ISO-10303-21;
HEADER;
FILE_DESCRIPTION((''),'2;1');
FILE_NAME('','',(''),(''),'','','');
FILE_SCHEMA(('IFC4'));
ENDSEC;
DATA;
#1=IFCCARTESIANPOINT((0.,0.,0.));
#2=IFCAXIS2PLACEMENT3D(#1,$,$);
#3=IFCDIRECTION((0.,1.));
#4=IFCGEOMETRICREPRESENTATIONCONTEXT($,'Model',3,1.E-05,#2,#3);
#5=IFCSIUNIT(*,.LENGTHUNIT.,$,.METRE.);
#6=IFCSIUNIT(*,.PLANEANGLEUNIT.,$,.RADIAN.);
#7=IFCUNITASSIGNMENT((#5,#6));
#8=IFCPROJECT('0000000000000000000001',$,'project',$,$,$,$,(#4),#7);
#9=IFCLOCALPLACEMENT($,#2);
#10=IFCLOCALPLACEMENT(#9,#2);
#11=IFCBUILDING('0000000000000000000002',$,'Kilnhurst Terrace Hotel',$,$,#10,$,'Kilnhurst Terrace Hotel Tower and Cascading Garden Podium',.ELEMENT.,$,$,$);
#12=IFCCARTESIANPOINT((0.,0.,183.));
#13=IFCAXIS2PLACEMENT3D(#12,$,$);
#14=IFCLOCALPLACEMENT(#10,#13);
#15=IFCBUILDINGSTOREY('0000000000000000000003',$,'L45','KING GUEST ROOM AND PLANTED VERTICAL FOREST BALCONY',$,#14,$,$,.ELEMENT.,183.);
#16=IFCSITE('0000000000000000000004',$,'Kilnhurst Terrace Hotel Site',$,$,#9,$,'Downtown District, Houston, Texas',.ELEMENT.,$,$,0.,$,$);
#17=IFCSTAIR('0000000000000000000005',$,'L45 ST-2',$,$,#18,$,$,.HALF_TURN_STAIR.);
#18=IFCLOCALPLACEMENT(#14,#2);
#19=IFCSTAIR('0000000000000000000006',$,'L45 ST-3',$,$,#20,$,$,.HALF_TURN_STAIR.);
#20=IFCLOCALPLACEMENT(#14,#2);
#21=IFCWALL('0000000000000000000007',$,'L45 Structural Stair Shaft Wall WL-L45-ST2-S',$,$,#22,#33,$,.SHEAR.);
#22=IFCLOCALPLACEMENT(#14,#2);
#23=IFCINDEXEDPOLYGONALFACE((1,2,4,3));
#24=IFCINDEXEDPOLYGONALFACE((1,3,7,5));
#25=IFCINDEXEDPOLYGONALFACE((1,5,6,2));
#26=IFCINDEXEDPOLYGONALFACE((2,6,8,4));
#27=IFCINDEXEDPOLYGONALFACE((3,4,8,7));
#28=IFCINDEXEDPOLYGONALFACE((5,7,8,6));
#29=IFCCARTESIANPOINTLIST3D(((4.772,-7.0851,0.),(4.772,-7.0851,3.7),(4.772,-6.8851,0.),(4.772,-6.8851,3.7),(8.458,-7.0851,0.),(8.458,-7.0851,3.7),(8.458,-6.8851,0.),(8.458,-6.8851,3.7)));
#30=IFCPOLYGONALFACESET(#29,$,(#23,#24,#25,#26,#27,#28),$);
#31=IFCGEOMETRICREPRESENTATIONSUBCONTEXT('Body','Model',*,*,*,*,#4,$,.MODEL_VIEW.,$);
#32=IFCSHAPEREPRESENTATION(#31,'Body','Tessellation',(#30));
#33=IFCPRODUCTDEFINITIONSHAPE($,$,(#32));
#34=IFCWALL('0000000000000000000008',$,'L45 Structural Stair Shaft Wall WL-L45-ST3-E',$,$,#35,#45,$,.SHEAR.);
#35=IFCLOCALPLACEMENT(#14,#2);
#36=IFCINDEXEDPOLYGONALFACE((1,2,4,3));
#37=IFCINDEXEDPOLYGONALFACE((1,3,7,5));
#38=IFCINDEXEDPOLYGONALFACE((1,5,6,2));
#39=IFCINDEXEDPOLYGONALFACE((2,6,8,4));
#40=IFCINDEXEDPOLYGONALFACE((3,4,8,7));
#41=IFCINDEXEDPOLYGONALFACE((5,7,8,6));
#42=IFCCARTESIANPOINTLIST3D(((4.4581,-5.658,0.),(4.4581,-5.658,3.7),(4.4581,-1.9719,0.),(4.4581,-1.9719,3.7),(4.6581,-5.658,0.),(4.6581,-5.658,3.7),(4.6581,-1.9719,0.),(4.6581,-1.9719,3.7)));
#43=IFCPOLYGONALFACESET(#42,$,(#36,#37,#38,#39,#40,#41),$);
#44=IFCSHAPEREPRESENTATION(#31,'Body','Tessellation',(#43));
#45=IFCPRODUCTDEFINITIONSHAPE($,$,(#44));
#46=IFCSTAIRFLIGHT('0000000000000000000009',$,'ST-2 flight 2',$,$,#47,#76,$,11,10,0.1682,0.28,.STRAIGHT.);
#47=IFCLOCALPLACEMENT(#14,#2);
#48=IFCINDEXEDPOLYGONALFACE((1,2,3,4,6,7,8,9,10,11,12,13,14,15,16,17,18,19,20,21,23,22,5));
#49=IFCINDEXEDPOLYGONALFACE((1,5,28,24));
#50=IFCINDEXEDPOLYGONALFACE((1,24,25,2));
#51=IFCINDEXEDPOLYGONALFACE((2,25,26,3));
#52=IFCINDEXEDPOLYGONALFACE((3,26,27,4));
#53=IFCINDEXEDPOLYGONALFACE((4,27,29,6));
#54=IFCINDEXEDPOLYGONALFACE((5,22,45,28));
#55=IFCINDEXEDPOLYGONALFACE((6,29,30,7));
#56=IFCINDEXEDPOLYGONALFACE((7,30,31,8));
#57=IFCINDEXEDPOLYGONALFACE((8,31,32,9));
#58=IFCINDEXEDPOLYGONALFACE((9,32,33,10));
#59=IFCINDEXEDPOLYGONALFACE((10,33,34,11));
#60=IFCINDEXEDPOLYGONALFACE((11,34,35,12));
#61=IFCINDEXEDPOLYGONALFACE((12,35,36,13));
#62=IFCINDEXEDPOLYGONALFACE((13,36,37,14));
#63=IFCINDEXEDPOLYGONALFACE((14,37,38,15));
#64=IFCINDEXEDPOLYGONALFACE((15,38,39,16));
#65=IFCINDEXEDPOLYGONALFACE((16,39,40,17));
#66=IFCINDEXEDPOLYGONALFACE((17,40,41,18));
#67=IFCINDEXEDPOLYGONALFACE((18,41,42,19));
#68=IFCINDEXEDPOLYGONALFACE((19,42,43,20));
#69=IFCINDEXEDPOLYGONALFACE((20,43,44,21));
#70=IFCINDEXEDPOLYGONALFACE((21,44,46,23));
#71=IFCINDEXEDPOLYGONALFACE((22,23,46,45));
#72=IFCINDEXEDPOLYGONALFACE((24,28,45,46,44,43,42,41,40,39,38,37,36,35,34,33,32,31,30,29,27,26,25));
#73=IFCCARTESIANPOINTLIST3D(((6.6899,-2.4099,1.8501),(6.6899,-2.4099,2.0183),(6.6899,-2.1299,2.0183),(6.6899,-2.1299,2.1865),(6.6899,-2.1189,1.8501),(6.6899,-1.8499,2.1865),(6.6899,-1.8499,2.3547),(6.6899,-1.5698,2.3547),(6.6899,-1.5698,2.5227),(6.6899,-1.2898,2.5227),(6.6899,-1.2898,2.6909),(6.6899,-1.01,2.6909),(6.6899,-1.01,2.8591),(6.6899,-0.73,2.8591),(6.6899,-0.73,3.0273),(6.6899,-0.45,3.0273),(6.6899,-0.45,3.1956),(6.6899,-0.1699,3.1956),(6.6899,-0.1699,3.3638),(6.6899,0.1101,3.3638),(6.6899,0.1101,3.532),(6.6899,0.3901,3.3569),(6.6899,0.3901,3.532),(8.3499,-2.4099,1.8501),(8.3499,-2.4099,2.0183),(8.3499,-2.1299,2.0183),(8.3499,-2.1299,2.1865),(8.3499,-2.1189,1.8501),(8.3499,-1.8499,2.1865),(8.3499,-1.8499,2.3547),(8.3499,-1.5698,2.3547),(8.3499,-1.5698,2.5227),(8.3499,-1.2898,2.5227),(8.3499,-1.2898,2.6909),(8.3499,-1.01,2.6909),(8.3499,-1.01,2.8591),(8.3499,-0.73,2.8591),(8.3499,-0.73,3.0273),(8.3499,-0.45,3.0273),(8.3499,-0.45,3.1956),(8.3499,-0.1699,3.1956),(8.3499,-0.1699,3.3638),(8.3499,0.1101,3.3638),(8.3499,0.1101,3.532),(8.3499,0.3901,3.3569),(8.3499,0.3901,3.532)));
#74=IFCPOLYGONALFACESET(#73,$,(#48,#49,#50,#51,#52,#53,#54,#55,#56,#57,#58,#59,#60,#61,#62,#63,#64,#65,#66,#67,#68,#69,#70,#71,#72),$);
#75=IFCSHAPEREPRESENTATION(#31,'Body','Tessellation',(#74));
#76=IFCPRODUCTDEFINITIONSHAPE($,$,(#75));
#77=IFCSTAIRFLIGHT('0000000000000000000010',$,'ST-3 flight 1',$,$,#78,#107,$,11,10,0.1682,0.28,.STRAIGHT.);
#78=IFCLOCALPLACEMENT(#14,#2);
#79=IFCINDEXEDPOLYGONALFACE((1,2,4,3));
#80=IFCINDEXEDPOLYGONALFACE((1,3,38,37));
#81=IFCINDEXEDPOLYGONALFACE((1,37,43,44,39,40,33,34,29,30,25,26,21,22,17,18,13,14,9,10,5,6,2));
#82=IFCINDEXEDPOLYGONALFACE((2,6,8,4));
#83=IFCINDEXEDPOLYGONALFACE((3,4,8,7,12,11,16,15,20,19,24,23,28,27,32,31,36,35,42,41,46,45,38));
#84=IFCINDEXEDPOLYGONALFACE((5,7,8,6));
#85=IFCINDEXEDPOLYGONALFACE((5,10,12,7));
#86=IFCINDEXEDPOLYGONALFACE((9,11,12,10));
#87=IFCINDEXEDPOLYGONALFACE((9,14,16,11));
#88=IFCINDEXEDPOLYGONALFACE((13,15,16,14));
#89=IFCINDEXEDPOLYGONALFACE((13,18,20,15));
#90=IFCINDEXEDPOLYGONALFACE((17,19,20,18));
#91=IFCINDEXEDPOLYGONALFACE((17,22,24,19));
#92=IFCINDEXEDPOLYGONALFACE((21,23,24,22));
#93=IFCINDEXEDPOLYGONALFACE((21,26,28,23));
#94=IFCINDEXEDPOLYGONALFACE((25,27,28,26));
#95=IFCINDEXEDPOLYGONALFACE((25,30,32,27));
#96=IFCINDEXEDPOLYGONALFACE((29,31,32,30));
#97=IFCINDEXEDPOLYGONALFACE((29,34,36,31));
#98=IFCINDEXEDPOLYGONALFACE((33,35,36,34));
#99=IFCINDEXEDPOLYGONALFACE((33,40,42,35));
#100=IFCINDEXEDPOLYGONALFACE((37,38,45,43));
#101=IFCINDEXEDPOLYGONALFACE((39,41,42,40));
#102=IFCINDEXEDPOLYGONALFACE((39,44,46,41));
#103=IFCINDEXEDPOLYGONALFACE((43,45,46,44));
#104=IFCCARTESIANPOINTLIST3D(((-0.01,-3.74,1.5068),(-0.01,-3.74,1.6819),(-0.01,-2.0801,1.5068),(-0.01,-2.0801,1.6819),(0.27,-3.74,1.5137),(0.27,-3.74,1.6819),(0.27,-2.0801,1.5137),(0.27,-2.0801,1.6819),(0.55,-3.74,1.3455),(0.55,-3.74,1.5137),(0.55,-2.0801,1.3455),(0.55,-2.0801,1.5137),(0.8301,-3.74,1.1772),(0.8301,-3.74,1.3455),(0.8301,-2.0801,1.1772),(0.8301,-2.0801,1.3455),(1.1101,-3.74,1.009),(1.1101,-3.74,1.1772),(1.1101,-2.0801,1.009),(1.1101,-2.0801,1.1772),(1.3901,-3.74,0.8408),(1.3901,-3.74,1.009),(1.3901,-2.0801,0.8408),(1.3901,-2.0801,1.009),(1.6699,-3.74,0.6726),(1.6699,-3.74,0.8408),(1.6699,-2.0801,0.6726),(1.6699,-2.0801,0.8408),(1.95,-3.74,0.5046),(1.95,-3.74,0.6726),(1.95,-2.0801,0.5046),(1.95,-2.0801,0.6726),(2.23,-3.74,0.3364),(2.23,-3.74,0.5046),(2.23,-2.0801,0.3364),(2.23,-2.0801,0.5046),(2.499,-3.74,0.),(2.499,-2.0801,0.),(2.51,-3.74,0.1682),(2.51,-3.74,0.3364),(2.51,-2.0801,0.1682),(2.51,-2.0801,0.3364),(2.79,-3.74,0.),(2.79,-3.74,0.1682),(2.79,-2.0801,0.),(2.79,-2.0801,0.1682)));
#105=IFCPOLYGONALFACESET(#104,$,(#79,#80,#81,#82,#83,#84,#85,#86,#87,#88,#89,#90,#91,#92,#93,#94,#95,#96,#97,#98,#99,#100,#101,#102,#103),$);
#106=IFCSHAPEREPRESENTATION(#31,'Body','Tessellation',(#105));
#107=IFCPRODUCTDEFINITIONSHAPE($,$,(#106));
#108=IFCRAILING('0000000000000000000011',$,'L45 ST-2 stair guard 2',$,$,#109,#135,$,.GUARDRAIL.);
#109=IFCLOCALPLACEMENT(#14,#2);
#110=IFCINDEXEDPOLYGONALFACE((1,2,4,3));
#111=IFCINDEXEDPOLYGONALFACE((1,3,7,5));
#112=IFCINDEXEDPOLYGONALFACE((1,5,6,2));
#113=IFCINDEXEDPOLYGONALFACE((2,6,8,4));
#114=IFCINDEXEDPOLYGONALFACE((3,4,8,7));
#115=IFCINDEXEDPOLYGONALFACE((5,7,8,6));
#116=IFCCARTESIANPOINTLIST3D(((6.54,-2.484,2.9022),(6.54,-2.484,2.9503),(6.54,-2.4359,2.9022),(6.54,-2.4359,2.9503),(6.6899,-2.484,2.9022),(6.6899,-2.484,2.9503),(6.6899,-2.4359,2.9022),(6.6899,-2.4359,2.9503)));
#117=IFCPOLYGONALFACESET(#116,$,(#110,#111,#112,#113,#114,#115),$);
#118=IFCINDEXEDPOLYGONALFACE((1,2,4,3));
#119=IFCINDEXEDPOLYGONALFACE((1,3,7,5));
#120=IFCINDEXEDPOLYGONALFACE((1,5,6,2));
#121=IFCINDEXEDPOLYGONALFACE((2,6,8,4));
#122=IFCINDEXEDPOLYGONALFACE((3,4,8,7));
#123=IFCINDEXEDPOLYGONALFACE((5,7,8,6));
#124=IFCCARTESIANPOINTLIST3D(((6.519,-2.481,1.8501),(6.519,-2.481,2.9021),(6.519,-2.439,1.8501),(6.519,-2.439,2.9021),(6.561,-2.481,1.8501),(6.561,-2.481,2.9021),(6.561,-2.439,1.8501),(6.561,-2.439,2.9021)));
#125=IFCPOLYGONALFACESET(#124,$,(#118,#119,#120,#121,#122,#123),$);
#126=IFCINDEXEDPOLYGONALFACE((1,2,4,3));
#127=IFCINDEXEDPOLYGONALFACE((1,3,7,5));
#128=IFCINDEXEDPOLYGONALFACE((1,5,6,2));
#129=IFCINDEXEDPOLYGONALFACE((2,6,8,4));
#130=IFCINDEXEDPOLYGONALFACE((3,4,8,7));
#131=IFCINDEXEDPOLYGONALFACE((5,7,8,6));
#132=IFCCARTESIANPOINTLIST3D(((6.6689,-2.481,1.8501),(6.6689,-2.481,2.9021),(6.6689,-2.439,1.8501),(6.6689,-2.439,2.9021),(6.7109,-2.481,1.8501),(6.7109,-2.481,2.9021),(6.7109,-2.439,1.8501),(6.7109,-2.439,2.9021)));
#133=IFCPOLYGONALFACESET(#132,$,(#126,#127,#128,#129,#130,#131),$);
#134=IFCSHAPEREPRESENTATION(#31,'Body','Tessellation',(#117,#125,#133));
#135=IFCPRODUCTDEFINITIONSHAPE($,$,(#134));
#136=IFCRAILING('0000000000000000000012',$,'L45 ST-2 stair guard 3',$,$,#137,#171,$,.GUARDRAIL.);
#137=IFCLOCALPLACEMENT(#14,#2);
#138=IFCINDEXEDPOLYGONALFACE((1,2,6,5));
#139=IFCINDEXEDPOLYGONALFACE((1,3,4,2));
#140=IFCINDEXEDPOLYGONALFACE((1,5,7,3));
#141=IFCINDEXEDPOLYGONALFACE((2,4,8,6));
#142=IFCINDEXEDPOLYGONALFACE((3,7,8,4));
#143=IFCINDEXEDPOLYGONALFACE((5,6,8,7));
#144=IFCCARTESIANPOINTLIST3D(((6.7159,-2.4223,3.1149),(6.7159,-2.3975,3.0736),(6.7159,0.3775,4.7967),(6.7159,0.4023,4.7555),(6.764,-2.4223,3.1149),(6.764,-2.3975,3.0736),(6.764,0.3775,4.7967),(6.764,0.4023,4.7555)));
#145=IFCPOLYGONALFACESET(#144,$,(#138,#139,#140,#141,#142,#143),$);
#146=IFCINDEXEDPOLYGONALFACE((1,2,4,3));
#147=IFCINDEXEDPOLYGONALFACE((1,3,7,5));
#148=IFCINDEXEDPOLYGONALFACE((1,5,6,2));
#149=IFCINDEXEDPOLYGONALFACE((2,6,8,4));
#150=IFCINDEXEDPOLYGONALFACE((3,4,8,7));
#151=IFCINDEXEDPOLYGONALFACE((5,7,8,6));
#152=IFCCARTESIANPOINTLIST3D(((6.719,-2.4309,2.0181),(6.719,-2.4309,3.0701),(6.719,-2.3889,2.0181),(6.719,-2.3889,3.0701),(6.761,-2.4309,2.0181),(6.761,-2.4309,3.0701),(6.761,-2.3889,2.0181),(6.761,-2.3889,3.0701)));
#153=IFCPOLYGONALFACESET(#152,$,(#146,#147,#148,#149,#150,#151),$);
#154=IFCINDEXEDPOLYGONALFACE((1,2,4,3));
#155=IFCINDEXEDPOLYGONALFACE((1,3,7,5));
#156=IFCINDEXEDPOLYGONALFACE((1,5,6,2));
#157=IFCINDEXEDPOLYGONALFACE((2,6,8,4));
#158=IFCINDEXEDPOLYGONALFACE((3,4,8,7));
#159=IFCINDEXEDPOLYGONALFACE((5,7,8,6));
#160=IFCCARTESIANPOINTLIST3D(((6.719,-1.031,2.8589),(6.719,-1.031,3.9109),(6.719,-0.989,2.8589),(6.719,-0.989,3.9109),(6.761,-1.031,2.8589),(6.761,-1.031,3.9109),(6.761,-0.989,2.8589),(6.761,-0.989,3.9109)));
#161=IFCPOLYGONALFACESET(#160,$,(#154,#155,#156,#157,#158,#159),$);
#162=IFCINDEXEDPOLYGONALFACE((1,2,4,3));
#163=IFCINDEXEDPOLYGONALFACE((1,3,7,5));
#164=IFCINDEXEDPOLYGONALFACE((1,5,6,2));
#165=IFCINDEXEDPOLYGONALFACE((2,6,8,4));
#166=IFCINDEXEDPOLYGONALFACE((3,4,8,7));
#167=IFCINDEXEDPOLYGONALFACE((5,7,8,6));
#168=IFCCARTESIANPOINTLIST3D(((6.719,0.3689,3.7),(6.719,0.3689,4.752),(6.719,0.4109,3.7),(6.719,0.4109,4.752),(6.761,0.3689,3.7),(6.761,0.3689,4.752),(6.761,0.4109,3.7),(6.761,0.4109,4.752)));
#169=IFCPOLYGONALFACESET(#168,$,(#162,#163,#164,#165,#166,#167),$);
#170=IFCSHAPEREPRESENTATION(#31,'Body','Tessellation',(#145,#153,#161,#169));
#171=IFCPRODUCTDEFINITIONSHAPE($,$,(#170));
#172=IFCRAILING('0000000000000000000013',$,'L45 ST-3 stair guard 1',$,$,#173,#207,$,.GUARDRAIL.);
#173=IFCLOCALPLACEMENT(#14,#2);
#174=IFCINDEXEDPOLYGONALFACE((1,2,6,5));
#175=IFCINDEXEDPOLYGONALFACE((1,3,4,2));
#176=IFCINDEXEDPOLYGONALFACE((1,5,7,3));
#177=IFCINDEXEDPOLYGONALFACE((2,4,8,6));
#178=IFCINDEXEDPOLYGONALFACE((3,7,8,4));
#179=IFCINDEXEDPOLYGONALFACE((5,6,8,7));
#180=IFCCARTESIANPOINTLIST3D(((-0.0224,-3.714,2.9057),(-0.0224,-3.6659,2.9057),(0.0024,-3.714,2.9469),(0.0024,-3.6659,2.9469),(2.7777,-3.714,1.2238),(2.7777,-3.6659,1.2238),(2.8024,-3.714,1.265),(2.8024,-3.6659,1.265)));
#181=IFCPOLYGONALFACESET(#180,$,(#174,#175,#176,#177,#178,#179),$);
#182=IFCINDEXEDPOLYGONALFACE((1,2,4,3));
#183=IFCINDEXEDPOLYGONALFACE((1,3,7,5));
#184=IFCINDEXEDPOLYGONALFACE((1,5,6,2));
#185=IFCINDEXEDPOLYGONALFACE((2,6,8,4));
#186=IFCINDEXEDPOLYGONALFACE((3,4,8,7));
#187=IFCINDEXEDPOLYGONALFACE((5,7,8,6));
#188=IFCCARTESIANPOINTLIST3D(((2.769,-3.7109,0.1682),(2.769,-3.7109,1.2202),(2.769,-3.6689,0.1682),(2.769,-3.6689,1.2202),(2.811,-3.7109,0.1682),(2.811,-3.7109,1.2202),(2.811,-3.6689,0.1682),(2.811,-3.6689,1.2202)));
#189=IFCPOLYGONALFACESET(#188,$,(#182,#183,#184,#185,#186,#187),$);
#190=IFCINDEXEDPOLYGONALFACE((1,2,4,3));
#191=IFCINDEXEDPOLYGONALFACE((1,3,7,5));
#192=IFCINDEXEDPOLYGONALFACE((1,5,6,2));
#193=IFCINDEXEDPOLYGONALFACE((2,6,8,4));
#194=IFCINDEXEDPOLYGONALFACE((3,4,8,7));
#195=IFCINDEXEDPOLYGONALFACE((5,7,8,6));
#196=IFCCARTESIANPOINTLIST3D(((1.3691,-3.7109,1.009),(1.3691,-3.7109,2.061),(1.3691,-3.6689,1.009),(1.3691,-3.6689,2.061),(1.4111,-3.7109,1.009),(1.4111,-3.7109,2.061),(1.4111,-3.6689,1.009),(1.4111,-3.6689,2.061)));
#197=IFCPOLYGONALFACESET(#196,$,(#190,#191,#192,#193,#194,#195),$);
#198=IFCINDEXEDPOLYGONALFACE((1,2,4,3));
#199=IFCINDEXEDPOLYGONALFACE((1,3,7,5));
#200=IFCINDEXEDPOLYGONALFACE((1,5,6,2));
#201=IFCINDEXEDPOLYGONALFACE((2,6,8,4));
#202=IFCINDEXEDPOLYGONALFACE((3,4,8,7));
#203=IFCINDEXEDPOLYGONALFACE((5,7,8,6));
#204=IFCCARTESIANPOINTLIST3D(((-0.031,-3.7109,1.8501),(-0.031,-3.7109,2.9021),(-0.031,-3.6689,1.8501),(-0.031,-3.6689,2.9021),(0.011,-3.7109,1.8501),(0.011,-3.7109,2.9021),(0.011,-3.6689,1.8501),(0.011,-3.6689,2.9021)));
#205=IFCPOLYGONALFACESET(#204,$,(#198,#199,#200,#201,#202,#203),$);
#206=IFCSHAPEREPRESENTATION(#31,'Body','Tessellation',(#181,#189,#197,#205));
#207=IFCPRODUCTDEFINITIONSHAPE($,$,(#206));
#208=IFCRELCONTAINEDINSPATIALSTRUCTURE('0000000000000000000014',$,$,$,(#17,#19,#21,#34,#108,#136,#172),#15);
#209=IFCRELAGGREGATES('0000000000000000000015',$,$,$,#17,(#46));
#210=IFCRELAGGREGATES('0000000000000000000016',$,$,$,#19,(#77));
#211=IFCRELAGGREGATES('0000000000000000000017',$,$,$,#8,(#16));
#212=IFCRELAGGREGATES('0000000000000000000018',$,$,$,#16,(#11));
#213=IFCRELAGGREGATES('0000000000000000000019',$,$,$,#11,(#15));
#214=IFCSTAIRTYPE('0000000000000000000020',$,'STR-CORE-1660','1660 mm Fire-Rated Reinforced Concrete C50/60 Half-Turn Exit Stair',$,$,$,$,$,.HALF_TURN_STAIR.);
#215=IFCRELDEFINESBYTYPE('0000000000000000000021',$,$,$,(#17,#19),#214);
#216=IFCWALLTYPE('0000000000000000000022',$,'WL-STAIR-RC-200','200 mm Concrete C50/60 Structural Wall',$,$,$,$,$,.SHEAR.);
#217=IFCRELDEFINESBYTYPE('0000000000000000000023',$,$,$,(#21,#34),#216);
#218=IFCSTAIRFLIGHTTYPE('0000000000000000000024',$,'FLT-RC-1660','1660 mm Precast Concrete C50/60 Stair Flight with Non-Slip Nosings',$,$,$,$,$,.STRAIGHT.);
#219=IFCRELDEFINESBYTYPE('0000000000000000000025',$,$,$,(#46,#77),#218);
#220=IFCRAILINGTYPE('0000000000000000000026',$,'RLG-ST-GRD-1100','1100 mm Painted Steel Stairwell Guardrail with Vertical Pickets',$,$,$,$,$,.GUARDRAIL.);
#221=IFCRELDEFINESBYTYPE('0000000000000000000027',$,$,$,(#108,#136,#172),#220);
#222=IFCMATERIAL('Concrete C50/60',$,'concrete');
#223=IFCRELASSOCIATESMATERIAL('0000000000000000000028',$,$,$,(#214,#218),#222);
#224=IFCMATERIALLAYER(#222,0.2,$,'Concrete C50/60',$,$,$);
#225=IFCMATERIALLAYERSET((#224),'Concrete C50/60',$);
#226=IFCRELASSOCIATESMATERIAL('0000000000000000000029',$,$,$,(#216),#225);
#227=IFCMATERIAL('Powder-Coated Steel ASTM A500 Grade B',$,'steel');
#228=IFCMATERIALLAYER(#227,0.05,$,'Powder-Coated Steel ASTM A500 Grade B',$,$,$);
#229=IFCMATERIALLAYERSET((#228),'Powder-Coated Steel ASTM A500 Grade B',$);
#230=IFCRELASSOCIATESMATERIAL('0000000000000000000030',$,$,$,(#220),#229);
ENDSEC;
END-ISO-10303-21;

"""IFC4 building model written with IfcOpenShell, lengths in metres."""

from ifc_helpers import new_model, si_unit, direction, frame, frame_2d, origin, origin_2d, place, context, subcontext, project, spatial, polyline, rectangle, outline, extrude, material, layer, layer_set, type_object, element, aggregate, save


model = new_model("IFC4")

# Units and contexts
model_context = context("Model", 3, precision=1e-05, world=origin(), true_north=direction((0.0, 1.0)))
body_context = subcontext(model_context, "Body", "Model", "MODEL_VIEW")
ifc_project = project(units=[si_unit("LENGTHUNIT", "METRE"), si_unit("PLANEANGLEUNIT", "RADIAN")], contexts=[model_context])

# Site, building, storey
site_placement = place(None, origin())
site = spatial("IfcSite", under=ifc_project, at=site_placement, Name="Kilnhurst Terrace Hotel Site", LongName="Downtown District, Houston, Texas", CompositionType="ELEMENT", RefElevation=0.0)
building_placement = place(site_placement, origin())
building = spatial("IfcBuilding", under=site, at=building_placement, Name="Kilnhurst Terrace Hotel", LongName="Kilnhurst Terrace Hotel Tower and Cascading Garden Podium", CompositionType="ELEMENT")
storey_placement = place(building_placement, frame((0.0, 0.0, 183.0)))
storey = spatial("IfcBuildingStorey", under=building, at=storey_placement, Name="L45", Description="KING GUEST ROOM AND PLANTED VERTICAL FOREST BALCONY", CompositionType="ELEMENT", Elevation=183.0)

# Stairs
ifc_material_1 = material(Name="Concrete C50/60", Category="concrete")
stair_type = type_object("IfcStairType", Name="STR-CORE-1660", Description="1660 mm Fire-Rated Reinforced Concrete C50/60 Half-Turn Exit Stair", PredefinedType="HALF_TURN_STAIR", material=ifc_material_1)
stair_1_placement = place(storey_placement, origin())
stair_1 = element("IfcStair", 1, at=stair_1_placement, inside=storey, type_object=stair_type, Name="L45 ST-2", PredefinedType="HALF_TURN_STAIR")
stair_2_placement = place(storey_placement, origin())
stair_2 = element("IfcStair", 2, at=stair_2_placement, inside=storey, type_object=stair_type, Name="L45 ST-3", PredefinedType="HALF_TURN_STAIR")

# Walls
ifc_layer_1 = layer(ifc_material_1, 0.2, Name="Concrete C50/60")
ifc_layer_set_1 = layer_set([ifc_layer_1], Name="Concrete C50/60")
wall_type_1 = type_object("IfcWallType", Name="WL-STAIR-RC-200", Description="200 mm Concrete C50/60 Structural Wall", PredefinedType="SHEAR", material=ifc_layer_set_1)
for number, where, z_axis, x_axis, name in (
    (3, (4.772, -6.9851, 0.0), (0.0, 0.0, 1.0), (1.0, 0.0, 0.0), "L45 Structural Stair Shaft Wall WL-L45-ST2-S"),
    (4, (4.5581, -5.658, 0.0), (0.0, 0.0, 1.0), (0.0, 1.0, 0.0), "L45 Structural Stair Shaft Wall WL-L45-ST3-E"),
):
    element("IfcWall", number, at=place(storey_placement, frame(where, z_axis=z_axis, x_axis=x_axis)), inside=storey, type_object=wall_type_1, Name=name, PredefinedType="SHEAR", context=body_context, shape_type="SweptSolid", body=[
        extrude(rectangle(XDim=3.686, YDim=0.2, at=frame_2d((1.843, 0.0))), origin(), (0.0, 0.0, 1.0), 3.7),
    ])

# Stair flights
stair_flight_type = type_object("IfcStairFlightType", Name="FLT-RC-1660", Description="1660 mm Precast Concrete C50/60 Stair Flight with Non-Slip Nosings", PredefinedType="STRAIGHT", material=ifc_material_1)
stair_flight_1_placement = place(storey_placement, frame((7.52, -2.4099, 1.8501), z_axis=(0.0, 0.0, 1.0), x_axis=(0.0, 1.0, 0.0)))
stair_flight_1 = element("IfcStairFlight", 5, at=stair_flight_1_placement, type_object=stair_flight_type, Name="ST-2 flight 2", NumberOfRisers=11, NumberOfTreads=10, PredefinedType="STRAIGHT", RiserHeight=0.1682, TreadLength=0.28, context=body_context, shape_type="SweptSolid", body=[
    extrude(outline(polyline([(0.0, 0.0), (0.0, 0.1682), (0.28, 0.1682), (0.28, 0.3364), (0.5601, 0.3364), (0.5601, 0.5046), (0.8401, 0.5046), (0.8401, 0.6726), (1.1201, 0.6726), (1.1201, 0.8408), (1.3999, 0.8408), (1.3999, 1.009), (1.6799, 1.009), (1.6799, 1.1772), (1.96, 1.1772), (1.96, 1.3455), (2.24, 1.3455), (2.24, 1.5137), (2.52, 1.5137), (2.52, 1.6819), (2.8, 1.6819), (2.8, 1.8501), (2.8, 1.5068), (0.291, 0.0), (0.0, 0.0)])), frame((0.0, 0.8301, 0.0), z_axis=(0.0, -1.0, 0.0), x_axis=(1.0, 0.0, 0.0)), (0.0, 0.0, 1.0), 1.6599),
])
aggregate(stair_1, [stair_flight_1])
stair_flight_2_placement = place(storey_placement, frame((2.79, -2.9099, 0.0), z_axis=(0.0, 0.0, 1.0), x_axis=(-1.0, 0.0, 0.0)))
stair_flight_2 = element("IfcStairFlight", 6, at=stair_flight_2_placement, type_object=stair_flight_type, Name="ST-3 flight 1", NumberOfRisers=11, NumberOfTreads=10, PredefinedType="STRAIGHT", RiserHeight=0.1682, TreadLength=0.28, context=body_context, shape_type="SweptSolid", body=[
    extrude(outline(polyline([(0.0, 0.0), (0.0, 0.1682), (0.28, 0.1682), (0.28, 0.3364), (0.5601, 0.3364), (0.5601, 0.5046), (0.8401, 0.5046), (0.8401, 0.6726), (1.1201, 0.6726), (1.1201, 0.8408), (1.3999, 0.8408), (1.3999, 1.009), (1.6799, 1.009), (1.6799, 1.1772), (1.96, 1.1772), (1.96, 1.3455), (2.24, 1.3455), (2.24, 1.5137), (2.52, 1.5137), (2.52, 1.6819), (2.8, 1.6819), (2.8, 1.8501), (2.8, 1.5068), (0.291, 0.0), (0.0, 0.0)])), frame((0.0, 0.8301, 0.0), z_axis=(0.0, -1.0, 0.0), x_axis=(1.0, 0.0, 0.0)), (0.0, 0.0, 1.0), 1.6599),
])
aggregate(stair_2, [stair_flight_2])

# Railings
ifc_material_2 = material(Name="Powder-Coated Steel ASTM A500 Grade B", Category="steel")
ifc_layer_2 = layer(ifc_material_2, 0.05, Name="Powder-Coated Steel ASTM A500 Grade B")
ifc_layer_set_2 = layer_set([ifc_layer_2], Name="Powder-Coated Steel ASTM A500 Grade B")
railing_type_1 = type_object("IfcRailingType", Name="RLG-ST-GRD-1100", Description="1100 mm Painted Steel Stairwell Guardrail with Vertical Pickets", PredefinedType="GUARDRAIL", material=ifc_layer_set_2)
railing_1_placement = place(storey_placement, frame((6.54, -2.46, 1.8501)))
element("IfcRailing", 7, at=railing_1_placement, inside=storey, type_object=railing_type_1, Name="L45 ST-2 stair guard 2", PredefinedType="GUARDRAIL", context=body_context, shape_type="SweptSolid", body=[
    extrude(rectangle(XDim=0.0481, YDim=0.0481, at=origin_2d()), frame((0.0, 0.0, 1.0762), z_axis=(1.0, 0.0, 0.0), x_axis=(0.0, 1.0, 0.0)), (0.0, 0.0, 1.0), 0.1499),
    extrude(rectangle(XDim=0.042, YDim=0.042, at=origin_2d()), origin(), (0.0, 0.0, 1.0), 1.052),
    extrude(rectangle(XDim=0.042, YDim=0.042, at=origin_2d()), frame((0.1499, 0.0, 0.0)), (0.0, 0.0, 1.0), 1.052),
])
railing_2_placement = place(storey_placement, frame((6.74, -2.4099, 2.0181)))
element("IfcRailing", 8, at=railing_2_placement, inside=storey, type_object=railing_type_1, Name="L45 ST-2 stair guard 3", PredefinedType="GUARDRAIL", context=body_context, shape_type="SweptSolid", body=[
    extrude(rectangle(XDim=0.0481, YDim=0.0481, at=origin_2d()), frame((0.0, 0.0, 1.0762), z_axis=(0.0, 0.857222, 0.514946), x_axis=(-1.0, 0.0, 0.0)), (0.0, 0.0, 1.0), 3.2661),
    extrude(rectangle(XDim=0.042, YDim=0.042, at=origin_2d()), origin(), (0.0, 0.0, 1.0), 1.052),
    extrude(rectangle(XDim=0.042, YDim=0.042, at=origin_2d()), frame((0.0, 1.3999, 0.8408)), (0.0, 0.0, 1.0), 1.052),
    extrude(rectangle(XDim=0.042, YDim=0.042, at=origin_2d()), frame((0.0, 2.7998, 1.6819)), (0.0, 0.0, 1.0), 1.052),
])
railing_3_placement = place(storey_placement, frame((2.79, -3.6899, 0.1682)))
element("IfcRailing", 9, at=railing_3_placement, inside=storey, type_object=railing_type_1, Name="L45 ST-3 stair guard 1", PredefinedType="GUARDRAIL", context=body_context, shape_type="SweptSolid", body=[
    extrude(rectangle(XDim=0.0481, YDim=0.0481, at=origin_2d()), frame((0.0, 0.0, 1.0762), z_axis=(-0.857242, 0.0, 0.514913), x_axis=(0.0, -1.0, 0.0)), (0.0, 0.0, 1.0), 3.2664),
    extrude(rectangle(XDim=0.042, YDim=0.042, at=origin_2d()), origin(), (0.0, 0.0, 1.0), 1.052),
    extrude(rectangle(XDim=0.042, YDim=0.042, at=origin_2d()), frame((-1.3999, 0.0, 0.8408)), (0.0, 0.0, 1.0), 1.052),
    extrude(rectangle(XDim=0.042, YDim=0.042, at=origin_2d()), frame((-2.8, 0.0, 1.6819)), (0.0, 0.0, 1.0), 1.052),
])

save(model, "model.ifc")
